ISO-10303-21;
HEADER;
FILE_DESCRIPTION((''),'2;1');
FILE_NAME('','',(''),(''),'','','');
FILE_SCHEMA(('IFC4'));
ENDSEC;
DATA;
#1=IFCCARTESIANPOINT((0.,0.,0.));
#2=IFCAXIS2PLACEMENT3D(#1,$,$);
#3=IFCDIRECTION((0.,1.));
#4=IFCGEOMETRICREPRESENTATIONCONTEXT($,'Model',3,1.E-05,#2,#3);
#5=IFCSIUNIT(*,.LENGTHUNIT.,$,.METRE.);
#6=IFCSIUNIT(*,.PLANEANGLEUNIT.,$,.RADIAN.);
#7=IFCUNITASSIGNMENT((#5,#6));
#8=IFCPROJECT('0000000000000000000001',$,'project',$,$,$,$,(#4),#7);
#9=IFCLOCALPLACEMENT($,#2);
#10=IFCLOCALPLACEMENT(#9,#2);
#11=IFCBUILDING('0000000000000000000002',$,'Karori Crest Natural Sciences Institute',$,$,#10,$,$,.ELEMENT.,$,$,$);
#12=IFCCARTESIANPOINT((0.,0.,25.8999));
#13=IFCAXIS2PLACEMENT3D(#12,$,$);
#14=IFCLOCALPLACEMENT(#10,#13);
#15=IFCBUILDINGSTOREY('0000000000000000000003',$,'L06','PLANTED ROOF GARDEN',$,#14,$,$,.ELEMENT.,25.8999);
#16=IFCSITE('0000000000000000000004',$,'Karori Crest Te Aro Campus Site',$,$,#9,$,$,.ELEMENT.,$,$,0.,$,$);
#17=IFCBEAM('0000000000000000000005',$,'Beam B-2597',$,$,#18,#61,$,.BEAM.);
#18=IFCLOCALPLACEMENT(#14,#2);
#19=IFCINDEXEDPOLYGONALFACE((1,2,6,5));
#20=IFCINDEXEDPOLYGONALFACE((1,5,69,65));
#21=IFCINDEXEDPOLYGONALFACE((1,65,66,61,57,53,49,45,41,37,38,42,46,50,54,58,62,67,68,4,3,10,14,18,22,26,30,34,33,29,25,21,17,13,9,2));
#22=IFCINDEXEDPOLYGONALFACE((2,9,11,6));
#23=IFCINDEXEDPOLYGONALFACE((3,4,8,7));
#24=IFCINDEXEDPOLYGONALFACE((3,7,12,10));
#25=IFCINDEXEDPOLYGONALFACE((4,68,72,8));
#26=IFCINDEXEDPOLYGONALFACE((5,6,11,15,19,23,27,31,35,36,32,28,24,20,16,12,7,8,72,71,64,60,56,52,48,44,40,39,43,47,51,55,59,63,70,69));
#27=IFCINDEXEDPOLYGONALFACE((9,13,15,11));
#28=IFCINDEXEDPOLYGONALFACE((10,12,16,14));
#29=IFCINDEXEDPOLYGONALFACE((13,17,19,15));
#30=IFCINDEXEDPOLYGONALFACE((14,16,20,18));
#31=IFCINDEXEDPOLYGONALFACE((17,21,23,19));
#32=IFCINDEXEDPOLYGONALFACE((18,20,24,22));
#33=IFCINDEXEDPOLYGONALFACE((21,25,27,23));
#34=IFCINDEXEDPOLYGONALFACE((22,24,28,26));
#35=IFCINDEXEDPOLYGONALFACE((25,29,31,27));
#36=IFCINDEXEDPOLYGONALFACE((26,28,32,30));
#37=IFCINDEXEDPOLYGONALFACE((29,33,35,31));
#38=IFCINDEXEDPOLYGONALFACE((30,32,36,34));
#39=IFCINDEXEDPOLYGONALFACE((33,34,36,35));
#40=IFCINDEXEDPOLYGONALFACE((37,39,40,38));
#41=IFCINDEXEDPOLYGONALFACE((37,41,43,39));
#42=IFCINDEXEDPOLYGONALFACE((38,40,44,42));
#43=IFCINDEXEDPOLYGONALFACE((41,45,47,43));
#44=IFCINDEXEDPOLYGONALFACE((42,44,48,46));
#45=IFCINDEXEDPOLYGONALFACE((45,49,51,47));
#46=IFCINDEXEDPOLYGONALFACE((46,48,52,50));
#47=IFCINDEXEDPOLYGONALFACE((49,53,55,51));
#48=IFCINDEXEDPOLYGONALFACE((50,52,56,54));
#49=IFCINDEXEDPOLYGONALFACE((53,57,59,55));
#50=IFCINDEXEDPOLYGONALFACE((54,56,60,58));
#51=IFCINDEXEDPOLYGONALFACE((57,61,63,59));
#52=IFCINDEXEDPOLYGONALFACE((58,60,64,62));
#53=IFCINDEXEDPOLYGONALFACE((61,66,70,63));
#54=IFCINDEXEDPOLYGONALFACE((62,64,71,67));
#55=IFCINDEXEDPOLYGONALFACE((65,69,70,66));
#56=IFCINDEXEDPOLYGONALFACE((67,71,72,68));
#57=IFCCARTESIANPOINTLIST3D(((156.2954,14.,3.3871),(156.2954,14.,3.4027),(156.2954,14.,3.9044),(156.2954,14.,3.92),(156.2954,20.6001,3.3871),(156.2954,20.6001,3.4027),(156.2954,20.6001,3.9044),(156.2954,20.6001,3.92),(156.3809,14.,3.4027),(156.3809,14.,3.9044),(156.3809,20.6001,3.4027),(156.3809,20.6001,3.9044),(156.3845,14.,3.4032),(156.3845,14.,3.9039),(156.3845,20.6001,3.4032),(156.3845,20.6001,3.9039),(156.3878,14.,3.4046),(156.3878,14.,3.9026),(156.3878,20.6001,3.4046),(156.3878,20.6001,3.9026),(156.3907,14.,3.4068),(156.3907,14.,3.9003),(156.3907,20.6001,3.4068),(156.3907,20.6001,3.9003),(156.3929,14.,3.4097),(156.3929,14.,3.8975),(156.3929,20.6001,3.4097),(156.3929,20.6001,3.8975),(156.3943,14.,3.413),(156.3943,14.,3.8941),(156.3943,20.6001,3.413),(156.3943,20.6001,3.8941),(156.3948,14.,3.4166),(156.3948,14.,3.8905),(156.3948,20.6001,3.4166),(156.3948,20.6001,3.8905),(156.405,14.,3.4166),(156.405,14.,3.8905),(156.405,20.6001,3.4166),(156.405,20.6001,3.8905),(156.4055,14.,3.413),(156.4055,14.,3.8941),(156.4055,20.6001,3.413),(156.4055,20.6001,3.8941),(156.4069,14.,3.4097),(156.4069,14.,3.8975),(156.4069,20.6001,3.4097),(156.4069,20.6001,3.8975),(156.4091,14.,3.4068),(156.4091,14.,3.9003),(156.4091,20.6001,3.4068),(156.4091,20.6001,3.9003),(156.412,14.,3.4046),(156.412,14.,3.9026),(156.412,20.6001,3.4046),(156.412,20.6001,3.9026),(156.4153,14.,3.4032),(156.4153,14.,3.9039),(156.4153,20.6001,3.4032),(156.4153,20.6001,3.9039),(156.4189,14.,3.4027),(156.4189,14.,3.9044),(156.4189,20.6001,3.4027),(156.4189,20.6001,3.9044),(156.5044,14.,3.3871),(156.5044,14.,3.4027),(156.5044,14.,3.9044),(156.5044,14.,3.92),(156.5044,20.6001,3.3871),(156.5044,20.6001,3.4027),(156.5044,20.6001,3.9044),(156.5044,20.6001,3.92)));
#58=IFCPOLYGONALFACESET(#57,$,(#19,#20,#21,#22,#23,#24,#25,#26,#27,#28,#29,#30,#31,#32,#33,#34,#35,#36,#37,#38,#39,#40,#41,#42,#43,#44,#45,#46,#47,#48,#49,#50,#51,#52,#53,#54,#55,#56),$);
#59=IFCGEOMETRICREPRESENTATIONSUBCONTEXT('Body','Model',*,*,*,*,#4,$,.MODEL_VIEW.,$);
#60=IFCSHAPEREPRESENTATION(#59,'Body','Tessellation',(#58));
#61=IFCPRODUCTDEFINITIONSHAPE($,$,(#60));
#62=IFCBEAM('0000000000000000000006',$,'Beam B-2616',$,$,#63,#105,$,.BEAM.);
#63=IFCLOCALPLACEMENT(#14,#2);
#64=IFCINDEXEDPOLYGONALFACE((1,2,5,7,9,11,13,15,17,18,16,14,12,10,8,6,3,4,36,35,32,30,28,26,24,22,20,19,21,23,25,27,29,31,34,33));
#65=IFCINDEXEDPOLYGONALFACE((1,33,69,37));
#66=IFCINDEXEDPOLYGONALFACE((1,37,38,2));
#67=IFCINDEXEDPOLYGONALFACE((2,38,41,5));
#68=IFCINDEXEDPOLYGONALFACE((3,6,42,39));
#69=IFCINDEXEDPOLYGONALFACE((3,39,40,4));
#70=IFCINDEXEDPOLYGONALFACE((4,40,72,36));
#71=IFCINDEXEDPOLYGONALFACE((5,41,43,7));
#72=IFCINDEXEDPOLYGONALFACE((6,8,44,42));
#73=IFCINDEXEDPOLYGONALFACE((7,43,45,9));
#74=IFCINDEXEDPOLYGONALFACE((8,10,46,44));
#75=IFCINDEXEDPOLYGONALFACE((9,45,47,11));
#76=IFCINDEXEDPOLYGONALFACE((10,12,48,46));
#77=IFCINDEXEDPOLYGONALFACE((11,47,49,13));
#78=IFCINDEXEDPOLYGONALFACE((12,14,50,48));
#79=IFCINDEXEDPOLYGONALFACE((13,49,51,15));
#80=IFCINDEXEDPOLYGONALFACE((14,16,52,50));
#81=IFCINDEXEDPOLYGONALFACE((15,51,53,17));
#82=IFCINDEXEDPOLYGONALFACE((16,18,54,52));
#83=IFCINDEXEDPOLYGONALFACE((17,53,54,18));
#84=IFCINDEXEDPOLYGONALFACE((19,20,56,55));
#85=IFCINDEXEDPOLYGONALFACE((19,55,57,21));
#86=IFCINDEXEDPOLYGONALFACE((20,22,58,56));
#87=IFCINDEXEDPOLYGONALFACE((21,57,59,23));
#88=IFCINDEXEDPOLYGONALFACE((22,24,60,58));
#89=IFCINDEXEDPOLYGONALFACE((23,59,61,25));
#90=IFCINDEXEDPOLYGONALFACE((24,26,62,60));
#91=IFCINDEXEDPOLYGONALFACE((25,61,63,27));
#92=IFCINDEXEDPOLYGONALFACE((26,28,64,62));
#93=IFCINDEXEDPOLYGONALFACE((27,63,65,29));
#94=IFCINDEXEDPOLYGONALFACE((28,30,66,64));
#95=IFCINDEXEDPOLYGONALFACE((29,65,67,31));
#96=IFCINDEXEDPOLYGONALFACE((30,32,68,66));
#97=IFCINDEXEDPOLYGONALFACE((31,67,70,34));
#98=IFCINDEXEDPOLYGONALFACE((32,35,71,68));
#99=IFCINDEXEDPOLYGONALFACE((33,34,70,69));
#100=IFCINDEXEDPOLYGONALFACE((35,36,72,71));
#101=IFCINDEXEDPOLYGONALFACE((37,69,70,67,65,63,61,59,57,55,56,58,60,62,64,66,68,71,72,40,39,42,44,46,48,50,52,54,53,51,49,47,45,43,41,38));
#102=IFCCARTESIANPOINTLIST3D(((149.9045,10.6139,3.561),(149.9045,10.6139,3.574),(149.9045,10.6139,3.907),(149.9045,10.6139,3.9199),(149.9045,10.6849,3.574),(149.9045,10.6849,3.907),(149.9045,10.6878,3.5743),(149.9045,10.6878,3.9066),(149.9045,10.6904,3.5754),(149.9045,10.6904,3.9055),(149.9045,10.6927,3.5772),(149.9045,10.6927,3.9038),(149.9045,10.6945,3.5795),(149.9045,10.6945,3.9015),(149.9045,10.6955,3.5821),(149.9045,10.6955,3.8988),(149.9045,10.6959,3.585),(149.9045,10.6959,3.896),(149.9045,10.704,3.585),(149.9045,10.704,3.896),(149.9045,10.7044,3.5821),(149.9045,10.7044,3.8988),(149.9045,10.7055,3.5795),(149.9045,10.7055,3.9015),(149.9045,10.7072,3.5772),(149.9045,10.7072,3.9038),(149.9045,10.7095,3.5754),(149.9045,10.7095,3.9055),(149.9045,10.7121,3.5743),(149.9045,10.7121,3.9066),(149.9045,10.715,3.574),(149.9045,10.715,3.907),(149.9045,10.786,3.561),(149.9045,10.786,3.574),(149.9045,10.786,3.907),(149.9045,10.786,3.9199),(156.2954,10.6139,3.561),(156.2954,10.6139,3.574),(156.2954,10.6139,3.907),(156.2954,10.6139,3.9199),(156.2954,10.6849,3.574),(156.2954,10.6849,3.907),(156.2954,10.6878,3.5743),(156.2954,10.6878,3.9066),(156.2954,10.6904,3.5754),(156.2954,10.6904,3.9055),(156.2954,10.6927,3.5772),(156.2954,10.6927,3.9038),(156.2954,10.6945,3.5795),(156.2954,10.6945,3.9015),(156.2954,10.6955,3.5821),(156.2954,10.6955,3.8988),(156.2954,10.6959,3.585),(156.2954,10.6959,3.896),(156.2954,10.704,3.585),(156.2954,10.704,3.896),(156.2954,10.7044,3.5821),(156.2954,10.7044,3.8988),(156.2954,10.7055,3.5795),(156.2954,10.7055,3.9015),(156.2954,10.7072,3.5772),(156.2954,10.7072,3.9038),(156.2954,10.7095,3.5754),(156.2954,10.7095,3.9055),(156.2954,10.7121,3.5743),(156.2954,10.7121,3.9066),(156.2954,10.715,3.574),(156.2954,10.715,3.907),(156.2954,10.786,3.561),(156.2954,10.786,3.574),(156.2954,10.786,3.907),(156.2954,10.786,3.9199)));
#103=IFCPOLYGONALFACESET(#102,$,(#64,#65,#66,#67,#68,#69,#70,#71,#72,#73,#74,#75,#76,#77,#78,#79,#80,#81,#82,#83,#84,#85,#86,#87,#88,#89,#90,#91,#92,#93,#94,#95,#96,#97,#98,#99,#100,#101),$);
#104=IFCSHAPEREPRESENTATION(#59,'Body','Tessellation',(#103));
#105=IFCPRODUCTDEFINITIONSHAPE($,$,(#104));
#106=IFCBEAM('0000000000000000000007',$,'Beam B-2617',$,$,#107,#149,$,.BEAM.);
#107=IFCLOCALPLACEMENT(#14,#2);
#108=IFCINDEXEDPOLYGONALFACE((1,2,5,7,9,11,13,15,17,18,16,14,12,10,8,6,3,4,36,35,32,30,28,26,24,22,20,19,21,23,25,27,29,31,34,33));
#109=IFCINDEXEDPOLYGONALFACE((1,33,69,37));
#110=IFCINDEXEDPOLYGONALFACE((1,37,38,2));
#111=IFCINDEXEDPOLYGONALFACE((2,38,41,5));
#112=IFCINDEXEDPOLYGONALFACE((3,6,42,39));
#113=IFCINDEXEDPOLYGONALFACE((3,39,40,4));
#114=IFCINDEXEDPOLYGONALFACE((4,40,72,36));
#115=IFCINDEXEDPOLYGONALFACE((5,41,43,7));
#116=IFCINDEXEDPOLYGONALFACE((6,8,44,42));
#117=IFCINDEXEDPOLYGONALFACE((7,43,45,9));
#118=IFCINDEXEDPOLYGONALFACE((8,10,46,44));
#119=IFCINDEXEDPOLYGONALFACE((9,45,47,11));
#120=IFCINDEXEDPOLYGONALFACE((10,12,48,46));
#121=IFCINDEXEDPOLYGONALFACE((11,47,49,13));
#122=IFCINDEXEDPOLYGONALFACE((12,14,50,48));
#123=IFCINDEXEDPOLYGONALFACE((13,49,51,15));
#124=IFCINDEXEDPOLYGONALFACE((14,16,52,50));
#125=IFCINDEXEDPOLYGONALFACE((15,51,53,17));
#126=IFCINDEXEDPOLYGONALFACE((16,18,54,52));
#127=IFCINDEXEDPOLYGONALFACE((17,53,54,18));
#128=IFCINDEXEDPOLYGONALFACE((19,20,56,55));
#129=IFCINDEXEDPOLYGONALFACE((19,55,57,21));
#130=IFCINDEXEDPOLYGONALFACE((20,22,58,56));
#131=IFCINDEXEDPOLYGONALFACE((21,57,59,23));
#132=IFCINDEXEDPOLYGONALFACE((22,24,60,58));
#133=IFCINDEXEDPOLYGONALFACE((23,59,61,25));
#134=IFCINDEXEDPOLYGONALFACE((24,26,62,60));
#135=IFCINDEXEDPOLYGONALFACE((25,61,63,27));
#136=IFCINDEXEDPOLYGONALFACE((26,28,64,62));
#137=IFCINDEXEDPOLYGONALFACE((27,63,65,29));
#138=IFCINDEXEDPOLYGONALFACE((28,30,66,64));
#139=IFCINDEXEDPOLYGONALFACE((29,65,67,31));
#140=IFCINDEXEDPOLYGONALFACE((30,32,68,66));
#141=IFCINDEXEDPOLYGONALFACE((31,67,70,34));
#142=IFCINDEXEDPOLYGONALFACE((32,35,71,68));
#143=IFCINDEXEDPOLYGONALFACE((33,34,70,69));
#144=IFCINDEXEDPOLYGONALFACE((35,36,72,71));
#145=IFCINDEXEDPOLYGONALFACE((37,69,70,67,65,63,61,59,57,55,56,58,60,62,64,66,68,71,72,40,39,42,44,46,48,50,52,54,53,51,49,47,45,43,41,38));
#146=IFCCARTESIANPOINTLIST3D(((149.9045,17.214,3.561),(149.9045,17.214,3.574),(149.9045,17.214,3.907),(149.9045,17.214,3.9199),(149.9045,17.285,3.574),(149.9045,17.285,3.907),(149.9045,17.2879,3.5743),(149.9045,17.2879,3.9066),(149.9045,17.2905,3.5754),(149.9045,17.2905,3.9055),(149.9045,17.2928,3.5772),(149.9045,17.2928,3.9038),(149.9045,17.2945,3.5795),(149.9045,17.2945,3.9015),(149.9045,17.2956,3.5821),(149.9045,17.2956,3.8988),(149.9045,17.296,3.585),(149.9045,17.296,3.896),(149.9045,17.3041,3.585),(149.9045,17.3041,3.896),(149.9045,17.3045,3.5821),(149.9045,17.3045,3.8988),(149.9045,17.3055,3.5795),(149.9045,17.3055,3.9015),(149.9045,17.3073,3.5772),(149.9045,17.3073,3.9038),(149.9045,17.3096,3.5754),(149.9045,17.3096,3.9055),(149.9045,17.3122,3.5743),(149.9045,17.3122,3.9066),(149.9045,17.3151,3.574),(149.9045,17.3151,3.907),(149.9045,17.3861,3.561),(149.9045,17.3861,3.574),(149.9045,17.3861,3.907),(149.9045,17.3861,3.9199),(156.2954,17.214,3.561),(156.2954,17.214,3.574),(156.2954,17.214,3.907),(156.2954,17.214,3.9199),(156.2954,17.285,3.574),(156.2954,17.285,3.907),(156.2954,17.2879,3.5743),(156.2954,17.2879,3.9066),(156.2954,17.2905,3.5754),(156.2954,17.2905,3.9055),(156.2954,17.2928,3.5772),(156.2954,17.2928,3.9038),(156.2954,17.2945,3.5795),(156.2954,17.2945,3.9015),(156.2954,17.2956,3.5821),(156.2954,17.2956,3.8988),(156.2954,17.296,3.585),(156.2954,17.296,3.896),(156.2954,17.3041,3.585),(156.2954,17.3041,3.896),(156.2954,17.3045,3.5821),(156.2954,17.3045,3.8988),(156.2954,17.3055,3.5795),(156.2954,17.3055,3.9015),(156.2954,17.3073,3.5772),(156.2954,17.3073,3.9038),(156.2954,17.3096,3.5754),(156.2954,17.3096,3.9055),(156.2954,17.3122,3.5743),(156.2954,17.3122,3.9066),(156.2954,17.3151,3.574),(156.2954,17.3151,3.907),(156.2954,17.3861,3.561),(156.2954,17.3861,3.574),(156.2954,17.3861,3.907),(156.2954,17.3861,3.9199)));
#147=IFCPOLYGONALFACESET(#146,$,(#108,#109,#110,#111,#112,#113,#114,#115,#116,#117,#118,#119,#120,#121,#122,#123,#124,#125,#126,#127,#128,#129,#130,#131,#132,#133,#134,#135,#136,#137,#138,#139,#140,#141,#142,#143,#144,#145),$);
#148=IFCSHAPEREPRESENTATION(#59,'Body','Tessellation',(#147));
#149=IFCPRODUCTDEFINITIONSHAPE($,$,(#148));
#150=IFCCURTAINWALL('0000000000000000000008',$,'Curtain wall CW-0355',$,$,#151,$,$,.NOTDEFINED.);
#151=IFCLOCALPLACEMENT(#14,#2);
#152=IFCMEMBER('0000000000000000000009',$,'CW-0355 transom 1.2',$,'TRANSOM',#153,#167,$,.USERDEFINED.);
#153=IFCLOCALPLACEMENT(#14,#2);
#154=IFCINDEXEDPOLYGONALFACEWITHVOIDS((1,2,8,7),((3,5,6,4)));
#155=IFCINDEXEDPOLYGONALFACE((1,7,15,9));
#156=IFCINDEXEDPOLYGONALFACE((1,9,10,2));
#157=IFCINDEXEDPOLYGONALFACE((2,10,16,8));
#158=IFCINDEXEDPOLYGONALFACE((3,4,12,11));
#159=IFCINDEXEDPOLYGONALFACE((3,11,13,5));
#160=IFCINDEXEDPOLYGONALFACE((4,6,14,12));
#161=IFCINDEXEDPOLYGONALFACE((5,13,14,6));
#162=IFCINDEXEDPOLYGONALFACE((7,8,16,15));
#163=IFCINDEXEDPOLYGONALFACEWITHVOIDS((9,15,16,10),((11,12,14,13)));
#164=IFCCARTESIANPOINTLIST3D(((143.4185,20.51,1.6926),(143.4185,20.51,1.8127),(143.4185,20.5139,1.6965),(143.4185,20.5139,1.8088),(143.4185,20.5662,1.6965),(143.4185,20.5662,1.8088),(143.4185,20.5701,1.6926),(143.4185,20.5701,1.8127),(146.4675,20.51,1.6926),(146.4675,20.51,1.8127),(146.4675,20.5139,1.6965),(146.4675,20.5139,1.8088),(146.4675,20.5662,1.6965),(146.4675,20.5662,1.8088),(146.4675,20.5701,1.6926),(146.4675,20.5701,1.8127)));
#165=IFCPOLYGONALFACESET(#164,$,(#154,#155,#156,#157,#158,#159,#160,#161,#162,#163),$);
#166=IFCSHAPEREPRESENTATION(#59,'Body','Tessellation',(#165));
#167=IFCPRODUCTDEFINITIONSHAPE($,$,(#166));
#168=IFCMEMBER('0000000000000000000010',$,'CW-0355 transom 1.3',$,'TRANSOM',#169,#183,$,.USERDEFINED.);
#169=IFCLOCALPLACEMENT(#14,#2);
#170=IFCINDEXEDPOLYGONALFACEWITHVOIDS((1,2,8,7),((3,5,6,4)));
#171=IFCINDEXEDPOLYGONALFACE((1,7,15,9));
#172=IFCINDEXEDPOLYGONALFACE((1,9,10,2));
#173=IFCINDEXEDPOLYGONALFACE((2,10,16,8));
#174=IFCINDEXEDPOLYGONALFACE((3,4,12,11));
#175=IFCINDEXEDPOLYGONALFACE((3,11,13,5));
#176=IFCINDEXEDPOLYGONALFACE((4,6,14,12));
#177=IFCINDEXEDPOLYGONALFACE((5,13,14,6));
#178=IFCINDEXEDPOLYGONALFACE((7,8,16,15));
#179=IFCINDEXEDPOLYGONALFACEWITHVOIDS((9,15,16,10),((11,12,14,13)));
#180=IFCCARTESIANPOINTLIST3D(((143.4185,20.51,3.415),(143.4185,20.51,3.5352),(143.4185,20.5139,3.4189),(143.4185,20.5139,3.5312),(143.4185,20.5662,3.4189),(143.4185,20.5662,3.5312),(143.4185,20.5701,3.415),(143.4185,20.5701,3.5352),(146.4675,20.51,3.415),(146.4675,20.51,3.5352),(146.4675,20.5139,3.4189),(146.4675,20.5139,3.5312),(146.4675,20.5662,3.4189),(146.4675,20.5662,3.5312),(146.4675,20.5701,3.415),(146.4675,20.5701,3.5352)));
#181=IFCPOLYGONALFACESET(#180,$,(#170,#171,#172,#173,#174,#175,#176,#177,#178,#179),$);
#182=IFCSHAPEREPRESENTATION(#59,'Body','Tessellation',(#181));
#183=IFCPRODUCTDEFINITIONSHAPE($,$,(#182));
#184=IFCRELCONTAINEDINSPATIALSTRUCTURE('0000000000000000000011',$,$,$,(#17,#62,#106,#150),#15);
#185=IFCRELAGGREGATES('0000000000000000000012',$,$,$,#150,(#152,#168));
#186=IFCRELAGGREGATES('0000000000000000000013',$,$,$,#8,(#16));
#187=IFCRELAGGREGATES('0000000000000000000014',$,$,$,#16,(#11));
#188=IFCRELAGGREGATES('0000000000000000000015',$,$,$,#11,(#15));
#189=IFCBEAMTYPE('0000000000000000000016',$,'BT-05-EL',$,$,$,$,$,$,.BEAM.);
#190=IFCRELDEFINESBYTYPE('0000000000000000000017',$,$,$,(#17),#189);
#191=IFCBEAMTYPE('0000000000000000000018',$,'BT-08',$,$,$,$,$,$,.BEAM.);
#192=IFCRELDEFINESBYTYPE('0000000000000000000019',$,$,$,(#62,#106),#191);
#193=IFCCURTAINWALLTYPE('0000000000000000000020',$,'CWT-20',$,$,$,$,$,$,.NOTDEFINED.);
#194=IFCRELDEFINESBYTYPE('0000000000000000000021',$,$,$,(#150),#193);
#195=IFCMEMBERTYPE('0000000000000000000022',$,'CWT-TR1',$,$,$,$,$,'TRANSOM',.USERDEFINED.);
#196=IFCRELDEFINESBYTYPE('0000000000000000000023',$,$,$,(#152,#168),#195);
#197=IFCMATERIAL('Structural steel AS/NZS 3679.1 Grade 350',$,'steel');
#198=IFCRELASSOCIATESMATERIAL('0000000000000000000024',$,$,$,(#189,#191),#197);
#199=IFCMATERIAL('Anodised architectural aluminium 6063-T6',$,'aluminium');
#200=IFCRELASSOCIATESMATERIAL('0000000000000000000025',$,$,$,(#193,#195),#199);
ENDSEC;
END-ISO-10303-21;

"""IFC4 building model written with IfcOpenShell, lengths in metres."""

from ifc_helpers import new_model, si_unit, direction, frame, origin, origin_2d, place, context, subcontext, project, spatial, hollow_rectangle, i_section, extrude, material, material_profile, profile_set, type_object, element, aggregate, save


model = new_model("IFC4")

# Units and contexts
model_context = context("Model", 3, precision=1e-05, world=origin(), true_north=direction((0.0, 1.0)))
body_context = subcontext(model_context, "Body", "Model", "MODEL_VIEW")
ifc_project = project(units=[si_unit("LENGTHUNIT", "METRE"), si_unit("PLANEANGLEUNIT", "RADIAN")], contexts=[model_context])

# Site, building, storey
site_placement = place(None, origin())
site = spatial("IfcSite", under=ifc_project, at=site_placement, Name="Karori Crest Te Aro Campus Site", CompositionType="ELEMENT", RefElevation=0.0)
building_placement = place(site_placement, origin())
building = spatial("IfcBuilding", under=site, at=building_placement, Name="Karori Crest Natural Sciences Institute", CompositionType="ELEMENT")
storey_placement = place(building_placement, frame((0.0, 0.0, 25.8999)))
storey = spatial("IfcBuildingStorey", under=building, at=storey_placement, Name="L06", Description="PLANTED ROOF GARDEN", CompositionType="ELEMENT", Elevation=25.8999)

# Shared definitions
ifc_material_1 = material(Name="Structural steel AS/NZS 3679.1 Grade 350", Category="steel")

# Beams
ifc_material_profile_1 = material_profile(ifc_material_1, i_section(OverallWidth=0.209, OverallDepth=0.533, WebThickness=0.0103, FlangeThickness=0.0156, FilletRadius=0.0139, at=origin_2d()), Name="530UB92.4")
ifc_profile_set_1 = profile_set([ifc_material_profile_1], Name="Structural steel AS/NZS 3679.1 Grade 350")
beam_type_1 = type_object("IfcBeamType", Name="BT-05-EL", PredefinedType="BEAM", material=ifc_profile_set_1)
beam_1_placement = place(storey_placement, frame((156.3999, 14.0, 3.6536), z_axis=(0.0, 1.0, 0.0), x_axis=(-1.0, 0.0, 0.0)))
element("IfcBeam", 1, at=beam_1_placement, inside=storey, type_object=beam_type_1, Name="Beam B-2597", PredefinedType="BEAM", context=body_context, shape_type="SweptSolid", body=[
    extrude(i_section(OverallWidth=0.209, OverallDepth=0.533, WebThickness=0.0103, FlangeThickness=0.0156, FilletRadius=0.0139, at=origin_2d()), origin(), (0.0, 0.0, 1.0), 6.6001),
])
ifc_material_profile_2 = material_profile(ifc_material_1, i_section(OverallWidth=0.1721, OverallDepth=0.3589, WebThickness=0.0081, FlangeThickness=0.0129, FilletRadius=0.011, at=origin_2d()), Name="360UB56.7")
ifc_profile_set_2 = profile_set([ifc_material_profile_2], Name="Structural steel AS/NZS 3679.1 Grade 350")
beam_type_2 = type_object("IfcBeamType", Name="BT-08", PredefinedType="BEAM", material=ifc_profile_set_2)
for number, where, z_axis, x_axis, name in (
    (2, (149.9045, 10.7, 3.7405), (1.0, 0.0, 0.0), (0.0, 1.0, 0.0), "Beam B-2616"),
    (3, (149.9045, 17.3, 3.7405), (1.0, 0.0, 0.0), (0.0, 1.0, 0.0), "Beam B-2617"),
):
    element("IfcBeam", number, at=place(storey_placement, frame(where, z_axis=z_axis, x_axis=x_axis)), inside=storey, type_object=beam_type_2, Name=name, PredefinedType="BEAM", context=body_context, shape_type="SweptSolid", body=[
        extrude(i_section(OverallWidth=0.1721, OverallDepth=0.3589, WebThickness=0.0081, FlangeThickness=0.0129, FilletRadius=0.011, at=origin_2d()), origin(), (0.0, 0.0, 1.0), 6.3909),
    ])

# Curtain wall, members
ifc_material_2 = material(Name="Anodised architectural aluminium 6063-T6", Category="aluminium")
curtain_wall_type = type_object("IfcCurtainWallType", Name="CWT-20", PredefinedType="NOTDEFINED", material=ifc_material_2)
curtain_wall_placement = place(storey_placement, origin())
curtain_wall = element("IfcCurtainWall", 4, at=curtain_wall_placement, inside=storey, type_object=curtain_wall_type, Name="Curtain wall CW-0355", PredefinedType="NOTDEFINED")
ifc_material_profile_3 = material_profile(ifc_material_2, hollow_rectangle(XDim=0.0601, YDim=0.1201, WallThickness=0.0039, at=origin_2d()), Name="CWT120x60x4")
ifc_profile_set_3 = profile_set([ifc_material_profile_3], Name="Anodised architectural aluminium 6063-T6")
member_type_1 = type_object("IfcMemberType", Name="CWT-TR1", ElementType="TRANSOM", PredefinedType="USERDEFINED", material=ifc_profile_set_3)
member_1_placement = place(storey_placement, frame((143.4185, 20.54, 1.7527), z_axis=(1.0, 0.0, 0.0), x_axis=(0.0, 1.0, 0.0)))
member_1 = element("IfcMember", 5, at=member_1_placement, type_object=member_type_1, Name="CW-0355 transom 1.2", ObjectType="TRANSOM", PredefinedType="USERDEFINED", context=body_context, shape_type="SweptSolid", body=[
    extrude(hollow_rectangle(XDim=0.0601, YDim=0.1201, WallThickness=0.0039, at=origin_2d()), origin(), (0.0, 0.0, 1.0), 3.0491),
])
member_2_placement = place(storey_placement, frame((143.4185, 20.54, 3.4751), z_axis=(1.0, 0.0, 0.0), x_axis=(0.0, 1.0, 0.0)))
member_2 = element("IfcMember", 6, at=member_2_placement, type_object=member_type_1, Name="CW-0355 transom 1.3", ObjectType="TRANSOM", PredefinedType="USERDEFINED", context=body_context, shape_type="SweptSolid", body=[
    extrude(hollow_rectangle(XDim=0.0601, YDim=0.1201, WallThickness=0.0039, at=origin_2d()), origin(), (0.0, 0.0, 1.0), 3.0491),
])
aggregate(curtain_wall, [member_1, member_2])

save(model, "model.ifc")
